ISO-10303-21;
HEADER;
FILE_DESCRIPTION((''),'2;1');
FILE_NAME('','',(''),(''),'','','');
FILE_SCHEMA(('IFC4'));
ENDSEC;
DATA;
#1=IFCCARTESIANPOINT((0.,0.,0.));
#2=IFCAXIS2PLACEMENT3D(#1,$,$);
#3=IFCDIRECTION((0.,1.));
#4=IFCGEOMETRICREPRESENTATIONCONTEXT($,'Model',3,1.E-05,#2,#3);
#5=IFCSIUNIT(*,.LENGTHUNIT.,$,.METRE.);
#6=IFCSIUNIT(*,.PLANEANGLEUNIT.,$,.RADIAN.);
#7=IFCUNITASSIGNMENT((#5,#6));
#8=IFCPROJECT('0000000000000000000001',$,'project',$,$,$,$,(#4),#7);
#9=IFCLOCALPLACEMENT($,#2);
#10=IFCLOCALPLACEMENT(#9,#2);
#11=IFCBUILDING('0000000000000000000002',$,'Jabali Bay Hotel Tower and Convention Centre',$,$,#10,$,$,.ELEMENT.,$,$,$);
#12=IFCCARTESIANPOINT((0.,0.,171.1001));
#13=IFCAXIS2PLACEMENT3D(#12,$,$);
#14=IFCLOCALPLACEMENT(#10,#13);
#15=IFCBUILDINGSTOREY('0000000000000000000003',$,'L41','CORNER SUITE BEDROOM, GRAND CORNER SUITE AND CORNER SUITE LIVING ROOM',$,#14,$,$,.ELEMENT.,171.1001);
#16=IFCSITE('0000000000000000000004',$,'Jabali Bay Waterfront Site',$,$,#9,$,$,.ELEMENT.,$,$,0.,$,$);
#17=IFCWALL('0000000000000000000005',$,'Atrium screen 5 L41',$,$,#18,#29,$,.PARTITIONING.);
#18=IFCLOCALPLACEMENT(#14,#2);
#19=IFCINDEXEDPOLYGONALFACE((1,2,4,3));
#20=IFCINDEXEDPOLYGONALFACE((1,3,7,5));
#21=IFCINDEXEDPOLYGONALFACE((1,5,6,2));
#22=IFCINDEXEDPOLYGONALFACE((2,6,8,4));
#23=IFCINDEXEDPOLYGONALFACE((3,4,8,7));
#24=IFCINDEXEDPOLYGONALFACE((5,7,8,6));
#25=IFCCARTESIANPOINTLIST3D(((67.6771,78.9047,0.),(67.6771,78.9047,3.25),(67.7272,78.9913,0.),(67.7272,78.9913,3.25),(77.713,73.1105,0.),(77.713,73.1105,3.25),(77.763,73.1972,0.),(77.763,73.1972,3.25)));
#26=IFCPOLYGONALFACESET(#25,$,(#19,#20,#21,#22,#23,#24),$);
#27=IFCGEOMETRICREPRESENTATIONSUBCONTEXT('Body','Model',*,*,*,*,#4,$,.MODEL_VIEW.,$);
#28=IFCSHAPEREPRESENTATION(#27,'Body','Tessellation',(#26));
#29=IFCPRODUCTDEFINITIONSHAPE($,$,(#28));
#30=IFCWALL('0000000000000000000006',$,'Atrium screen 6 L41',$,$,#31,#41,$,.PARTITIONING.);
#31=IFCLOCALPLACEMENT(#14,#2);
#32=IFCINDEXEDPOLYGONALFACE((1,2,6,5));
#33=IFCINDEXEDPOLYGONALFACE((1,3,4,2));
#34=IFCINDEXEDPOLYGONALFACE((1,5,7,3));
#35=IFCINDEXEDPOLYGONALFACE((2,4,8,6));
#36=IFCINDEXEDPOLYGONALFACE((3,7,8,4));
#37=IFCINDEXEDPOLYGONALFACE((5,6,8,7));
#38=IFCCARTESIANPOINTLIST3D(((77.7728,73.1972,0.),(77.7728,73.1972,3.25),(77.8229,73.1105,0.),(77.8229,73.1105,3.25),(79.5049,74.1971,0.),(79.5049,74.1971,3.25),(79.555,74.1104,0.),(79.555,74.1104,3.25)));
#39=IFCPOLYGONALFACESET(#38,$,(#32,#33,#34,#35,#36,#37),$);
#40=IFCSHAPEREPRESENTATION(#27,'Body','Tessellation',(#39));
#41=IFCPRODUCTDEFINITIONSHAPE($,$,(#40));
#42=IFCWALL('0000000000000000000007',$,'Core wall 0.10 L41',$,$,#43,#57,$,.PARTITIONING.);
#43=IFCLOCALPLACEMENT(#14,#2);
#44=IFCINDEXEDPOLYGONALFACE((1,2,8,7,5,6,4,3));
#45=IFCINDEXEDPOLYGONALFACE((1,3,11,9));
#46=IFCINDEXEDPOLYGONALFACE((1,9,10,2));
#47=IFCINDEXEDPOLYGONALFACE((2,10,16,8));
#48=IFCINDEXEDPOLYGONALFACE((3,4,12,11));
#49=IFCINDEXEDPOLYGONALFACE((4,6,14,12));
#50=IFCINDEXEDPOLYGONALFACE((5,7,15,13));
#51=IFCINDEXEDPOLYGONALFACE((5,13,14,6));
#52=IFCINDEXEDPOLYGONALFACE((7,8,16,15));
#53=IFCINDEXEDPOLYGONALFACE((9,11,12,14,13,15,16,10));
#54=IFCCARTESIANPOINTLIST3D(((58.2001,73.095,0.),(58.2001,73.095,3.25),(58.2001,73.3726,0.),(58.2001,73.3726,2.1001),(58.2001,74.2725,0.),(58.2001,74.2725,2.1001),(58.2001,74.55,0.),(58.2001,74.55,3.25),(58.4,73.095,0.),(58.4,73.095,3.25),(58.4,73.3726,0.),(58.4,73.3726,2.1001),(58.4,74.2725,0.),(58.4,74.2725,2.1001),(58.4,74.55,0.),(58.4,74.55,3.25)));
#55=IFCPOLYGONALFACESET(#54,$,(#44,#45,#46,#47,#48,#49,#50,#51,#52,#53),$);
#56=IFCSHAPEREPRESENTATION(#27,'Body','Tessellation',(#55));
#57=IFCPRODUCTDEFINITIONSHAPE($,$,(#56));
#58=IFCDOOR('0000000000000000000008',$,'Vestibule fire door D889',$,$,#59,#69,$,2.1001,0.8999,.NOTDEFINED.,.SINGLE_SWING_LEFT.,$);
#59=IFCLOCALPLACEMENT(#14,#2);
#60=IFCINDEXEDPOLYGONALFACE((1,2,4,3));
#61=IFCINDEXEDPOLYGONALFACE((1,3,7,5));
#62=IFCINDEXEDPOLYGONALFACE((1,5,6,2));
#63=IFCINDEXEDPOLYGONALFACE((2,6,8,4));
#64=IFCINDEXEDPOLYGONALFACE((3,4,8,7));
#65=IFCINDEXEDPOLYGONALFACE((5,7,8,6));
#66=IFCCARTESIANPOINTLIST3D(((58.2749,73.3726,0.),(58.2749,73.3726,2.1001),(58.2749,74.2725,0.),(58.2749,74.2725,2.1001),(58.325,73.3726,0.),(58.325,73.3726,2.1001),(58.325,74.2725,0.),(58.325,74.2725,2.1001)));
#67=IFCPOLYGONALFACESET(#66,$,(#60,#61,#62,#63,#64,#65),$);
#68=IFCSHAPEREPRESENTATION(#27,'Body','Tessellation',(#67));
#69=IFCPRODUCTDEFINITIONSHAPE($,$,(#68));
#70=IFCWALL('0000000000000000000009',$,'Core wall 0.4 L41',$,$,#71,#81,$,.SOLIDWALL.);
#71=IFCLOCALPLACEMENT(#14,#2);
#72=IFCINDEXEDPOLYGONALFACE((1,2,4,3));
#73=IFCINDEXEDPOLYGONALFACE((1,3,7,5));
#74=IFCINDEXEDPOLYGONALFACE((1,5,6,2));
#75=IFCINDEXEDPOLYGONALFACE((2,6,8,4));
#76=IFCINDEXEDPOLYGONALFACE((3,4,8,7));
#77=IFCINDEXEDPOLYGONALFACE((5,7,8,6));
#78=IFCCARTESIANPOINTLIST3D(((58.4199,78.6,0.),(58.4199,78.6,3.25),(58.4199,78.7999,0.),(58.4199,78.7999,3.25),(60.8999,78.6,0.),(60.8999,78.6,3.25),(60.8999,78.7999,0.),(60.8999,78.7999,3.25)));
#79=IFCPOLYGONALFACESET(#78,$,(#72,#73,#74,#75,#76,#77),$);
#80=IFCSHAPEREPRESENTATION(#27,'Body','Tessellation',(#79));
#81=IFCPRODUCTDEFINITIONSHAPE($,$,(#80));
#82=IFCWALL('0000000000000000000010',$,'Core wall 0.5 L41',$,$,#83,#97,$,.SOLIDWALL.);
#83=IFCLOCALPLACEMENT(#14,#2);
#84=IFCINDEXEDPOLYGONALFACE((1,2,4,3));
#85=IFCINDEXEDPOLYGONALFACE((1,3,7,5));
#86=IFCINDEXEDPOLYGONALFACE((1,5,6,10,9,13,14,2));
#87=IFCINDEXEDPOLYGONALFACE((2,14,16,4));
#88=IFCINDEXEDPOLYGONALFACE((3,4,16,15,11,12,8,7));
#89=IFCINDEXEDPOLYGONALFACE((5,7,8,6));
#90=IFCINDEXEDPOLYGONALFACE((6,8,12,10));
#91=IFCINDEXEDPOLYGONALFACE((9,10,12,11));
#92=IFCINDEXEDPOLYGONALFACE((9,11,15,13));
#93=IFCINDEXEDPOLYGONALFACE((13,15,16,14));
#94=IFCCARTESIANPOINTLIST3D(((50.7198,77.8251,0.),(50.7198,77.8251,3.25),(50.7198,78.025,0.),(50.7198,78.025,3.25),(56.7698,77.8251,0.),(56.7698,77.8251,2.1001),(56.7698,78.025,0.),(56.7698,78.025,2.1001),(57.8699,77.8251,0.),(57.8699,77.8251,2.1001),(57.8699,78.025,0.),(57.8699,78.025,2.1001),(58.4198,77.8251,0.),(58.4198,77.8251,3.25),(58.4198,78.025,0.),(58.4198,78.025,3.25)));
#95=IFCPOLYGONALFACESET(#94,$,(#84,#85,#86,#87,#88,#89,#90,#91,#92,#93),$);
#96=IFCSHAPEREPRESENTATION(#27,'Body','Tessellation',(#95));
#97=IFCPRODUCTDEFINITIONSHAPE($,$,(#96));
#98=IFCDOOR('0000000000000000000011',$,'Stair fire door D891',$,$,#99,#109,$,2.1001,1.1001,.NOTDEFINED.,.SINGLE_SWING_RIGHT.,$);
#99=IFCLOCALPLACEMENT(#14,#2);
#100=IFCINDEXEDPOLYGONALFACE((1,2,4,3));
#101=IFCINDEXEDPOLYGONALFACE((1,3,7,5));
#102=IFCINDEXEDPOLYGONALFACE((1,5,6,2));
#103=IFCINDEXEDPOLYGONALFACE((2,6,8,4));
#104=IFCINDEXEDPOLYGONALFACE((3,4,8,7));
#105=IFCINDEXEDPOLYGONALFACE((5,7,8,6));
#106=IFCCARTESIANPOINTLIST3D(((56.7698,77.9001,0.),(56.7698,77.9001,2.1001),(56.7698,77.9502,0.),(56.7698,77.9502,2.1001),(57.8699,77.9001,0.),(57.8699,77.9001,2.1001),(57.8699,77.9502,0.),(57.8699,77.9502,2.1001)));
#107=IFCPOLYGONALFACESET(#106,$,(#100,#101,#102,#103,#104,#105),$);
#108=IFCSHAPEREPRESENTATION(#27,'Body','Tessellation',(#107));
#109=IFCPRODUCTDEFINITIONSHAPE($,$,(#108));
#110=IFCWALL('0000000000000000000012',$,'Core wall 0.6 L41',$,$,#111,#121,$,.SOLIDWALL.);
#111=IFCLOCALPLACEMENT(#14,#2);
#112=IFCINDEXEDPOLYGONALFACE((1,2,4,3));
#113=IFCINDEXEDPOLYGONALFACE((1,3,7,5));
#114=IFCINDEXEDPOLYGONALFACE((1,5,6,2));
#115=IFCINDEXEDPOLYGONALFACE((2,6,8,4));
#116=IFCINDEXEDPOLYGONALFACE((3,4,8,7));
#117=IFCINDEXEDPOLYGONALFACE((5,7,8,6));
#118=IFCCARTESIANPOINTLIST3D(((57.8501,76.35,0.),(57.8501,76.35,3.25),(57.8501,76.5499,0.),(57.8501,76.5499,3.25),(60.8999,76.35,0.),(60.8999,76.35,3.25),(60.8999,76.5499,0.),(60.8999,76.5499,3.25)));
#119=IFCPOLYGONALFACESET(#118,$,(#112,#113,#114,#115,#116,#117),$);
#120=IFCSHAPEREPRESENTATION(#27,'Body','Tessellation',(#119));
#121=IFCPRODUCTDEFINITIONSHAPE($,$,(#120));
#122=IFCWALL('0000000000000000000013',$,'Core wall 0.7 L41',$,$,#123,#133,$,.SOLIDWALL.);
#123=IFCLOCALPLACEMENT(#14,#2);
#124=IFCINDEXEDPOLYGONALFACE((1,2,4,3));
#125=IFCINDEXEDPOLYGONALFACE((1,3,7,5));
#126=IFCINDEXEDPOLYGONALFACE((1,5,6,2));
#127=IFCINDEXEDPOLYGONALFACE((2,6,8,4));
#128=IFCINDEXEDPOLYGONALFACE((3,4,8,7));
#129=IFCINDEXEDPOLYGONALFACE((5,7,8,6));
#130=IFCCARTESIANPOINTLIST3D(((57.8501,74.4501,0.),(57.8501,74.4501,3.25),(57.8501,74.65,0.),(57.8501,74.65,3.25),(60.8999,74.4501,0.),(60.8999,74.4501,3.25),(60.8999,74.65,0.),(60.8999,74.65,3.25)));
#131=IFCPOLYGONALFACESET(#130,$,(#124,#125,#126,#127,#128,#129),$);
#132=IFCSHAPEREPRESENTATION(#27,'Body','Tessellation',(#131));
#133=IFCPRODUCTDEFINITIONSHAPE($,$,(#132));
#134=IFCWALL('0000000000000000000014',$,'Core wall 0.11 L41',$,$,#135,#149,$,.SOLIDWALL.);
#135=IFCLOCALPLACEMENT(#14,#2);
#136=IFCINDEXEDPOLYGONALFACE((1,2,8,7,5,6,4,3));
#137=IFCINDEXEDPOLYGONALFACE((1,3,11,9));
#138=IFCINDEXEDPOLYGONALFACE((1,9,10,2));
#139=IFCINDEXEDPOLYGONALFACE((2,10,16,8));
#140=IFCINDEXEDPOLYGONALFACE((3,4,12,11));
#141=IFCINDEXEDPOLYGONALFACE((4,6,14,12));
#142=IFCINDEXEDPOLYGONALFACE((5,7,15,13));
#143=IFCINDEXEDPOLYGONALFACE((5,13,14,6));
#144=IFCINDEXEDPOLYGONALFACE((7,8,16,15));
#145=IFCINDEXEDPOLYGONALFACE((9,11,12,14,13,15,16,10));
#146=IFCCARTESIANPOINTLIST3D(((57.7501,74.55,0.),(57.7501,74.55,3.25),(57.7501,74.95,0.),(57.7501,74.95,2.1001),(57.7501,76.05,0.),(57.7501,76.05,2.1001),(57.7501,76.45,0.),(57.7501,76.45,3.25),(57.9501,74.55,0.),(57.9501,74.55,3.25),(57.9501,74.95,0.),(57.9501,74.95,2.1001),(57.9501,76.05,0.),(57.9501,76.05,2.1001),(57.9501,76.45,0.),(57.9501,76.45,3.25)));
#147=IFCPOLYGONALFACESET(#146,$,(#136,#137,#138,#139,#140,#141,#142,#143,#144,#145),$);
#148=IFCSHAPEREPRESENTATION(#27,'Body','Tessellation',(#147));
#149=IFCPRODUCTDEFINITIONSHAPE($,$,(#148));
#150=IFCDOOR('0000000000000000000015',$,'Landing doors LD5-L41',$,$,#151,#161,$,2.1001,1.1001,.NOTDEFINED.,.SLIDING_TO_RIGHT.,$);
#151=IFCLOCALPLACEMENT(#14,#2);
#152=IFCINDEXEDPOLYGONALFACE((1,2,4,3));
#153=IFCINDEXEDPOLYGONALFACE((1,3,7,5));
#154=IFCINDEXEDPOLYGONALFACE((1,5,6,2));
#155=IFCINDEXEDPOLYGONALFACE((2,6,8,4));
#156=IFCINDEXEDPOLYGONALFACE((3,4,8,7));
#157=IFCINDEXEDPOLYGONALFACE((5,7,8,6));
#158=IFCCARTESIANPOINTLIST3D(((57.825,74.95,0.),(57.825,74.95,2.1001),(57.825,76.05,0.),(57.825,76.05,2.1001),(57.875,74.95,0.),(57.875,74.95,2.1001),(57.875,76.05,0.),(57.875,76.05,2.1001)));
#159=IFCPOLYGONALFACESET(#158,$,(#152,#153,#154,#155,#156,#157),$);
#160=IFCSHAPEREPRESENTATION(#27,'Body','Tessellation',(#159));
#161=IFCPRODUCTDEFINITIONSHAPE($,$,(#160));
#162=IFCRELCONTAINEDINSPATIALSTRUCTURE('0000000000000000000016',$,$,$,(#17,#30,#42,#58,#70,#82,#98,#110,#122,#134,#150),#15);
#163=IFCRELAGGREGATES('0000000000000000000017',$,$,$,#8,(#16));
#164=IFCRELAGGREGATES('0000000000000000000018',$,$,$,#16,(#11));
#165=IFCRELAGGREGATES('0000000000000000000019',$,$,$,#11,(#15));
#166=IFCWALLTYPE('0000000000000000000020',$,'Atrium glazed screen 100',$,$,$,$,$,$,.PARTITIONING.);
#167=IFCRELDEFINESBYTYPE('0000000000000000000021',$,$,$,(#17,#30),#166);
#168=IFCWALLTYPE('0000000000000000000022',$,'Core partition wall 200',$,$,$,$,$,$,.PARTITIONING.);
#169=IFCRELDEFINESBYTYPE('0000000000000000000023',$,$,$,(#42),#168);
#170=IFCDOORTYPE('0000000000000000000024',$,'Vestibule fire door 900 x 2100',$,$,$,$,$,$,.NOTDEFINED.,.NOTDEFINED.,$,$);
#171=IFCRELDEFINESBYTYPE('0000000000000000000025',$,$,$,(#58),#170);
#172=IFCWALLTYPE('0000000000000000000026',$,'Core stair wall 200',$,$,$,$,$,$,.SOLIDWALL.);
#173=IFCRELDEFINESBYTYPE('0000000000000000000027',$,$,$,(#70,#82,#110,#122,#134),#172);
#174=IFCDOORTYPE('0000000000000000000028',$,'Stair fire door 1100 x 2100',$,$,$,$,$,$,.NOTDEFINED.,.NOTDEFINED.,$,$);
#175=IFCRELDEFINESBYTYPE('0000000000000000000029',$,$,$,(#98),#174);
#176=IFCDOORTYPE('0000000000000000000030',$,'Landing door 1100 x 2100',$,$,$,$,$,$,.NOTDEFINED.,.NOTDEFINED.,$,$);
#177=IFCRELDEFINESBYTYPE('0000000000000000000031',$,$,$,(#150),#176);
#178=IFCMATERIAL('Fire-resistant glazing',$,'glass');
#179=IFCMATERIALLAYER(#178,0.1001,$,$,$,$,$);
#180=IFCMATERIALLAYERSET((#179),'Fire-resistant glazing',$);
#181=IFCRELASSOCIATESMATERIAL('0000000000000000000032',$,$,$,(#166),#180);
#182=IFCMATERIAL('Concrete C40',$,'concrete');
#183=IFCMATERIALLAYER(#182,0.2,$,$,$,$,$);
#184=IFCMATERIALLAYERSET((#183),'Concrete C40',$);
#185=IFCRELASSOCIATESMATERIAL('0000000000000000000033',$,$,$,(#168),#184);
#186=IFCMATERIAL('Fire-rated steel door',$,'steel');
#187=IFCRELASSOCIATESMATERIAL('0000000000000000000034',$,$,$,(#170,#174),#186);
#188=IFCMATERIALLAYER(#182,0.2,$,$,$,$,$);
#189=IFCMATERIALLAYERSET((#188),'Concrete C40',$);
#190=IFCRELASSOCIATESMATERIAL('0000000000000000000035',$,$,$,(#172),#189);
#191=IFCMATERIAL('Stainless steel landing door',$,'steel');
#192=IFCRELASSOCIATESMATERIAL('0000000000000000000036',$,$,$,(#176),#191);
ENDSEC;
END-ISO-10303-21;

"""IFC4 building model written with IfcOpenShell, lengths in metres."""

from ifc_helpers import new_model, si_unit, direction, frame, frame_2d, origin, place, context, subcontext, project, spatial, rectangle, extrude, material, layer, layer_set, type_object, element, fill, save


model = new_model("IFC4")

# Units and contexts
model_context = context("Model", 3, precision=1e-05, world=origin(), true_north=direction((0.0, 1.0)))
body_context = subcontext(model_context, "Body", "Model", "MODEL_VIEW")
ifc_project = project(units=[si_unit("LENGTHUNIT", "METRE"), si_unit("PLANEANGLEUNIT", "RADIAN")], contexts=[model_context])

# Site, building, storey
site_placement = place(None, origin())
site = spatial("IfcSite", under=ifc_project, at=site_placement, Name="Jabali Bay Waterfront Site", CompositionType="ELEMENT", RefElevation=0.0)
building_placement = place(site_placement, origin())
building = spatial("IfcBuilding", under=site, at=building_placement, Name="Jabali Bay Hotel Tower and Convention Centre", CompositionType="ELEMENT")
storey_placement = place(building_placement, frame((0.0, 0.0, 171.1001)))
storey = spatial("IfcBuildingStorey", under=building, at=storey_placement, Name="L41", Description="CORNER SUITE BEDROOM, GRAND CORNER SUITE AND CORNER SUITE LIVING ROOM", CompositionType="ELEMENT", Elevation=171.1001)

# Walls
ifc_material_1 = material(Name="Fire-resistant glazing", Category="glass")
ifc_layer_1 = layer(ifc_material_1, 0.1001)
ifc_layer_set_1 = layer_set([ifc_layer_1], Name="Fire-resistant glazing")
wall_type_1 = type_object("IfcWallType", Name="Atrium glazed screen 100", PredefinedType="PARTITIONING", material=ifc_layer_set_1)
wall_1_placement = place(storey_placement, frame((67.7021, 78.948, 0.0), z_axis=(0.0, 0.0, 1.0), x_axis=(0.866027, -0.499998, 0.0)))
element("IfcWall", 1, at=wall_1_placement, inside=storey, type_object=wall_type_1, Name="Atrium screen 5 L41", PredefinedType="PARTITIONING", context=body_context, shape_type="SweptSolid", body=[
    extrude(rectangle(XDim=11.5884, YDim=0.1001, at=frame_2d((5.7942, 0.0))), origin(), (0.0, 0.0, 1.0), 3.25),
])
wall_2_placement = place(storey_placement, frame((77.7979, 73.1538, 0.0), z_axis=(0.0, 0.0, 1.0), x_axis=(0.866041, 0.499973, 0.0)))
element("IfcWall", 2, at=wall_2_placement, inside=storey, type_object=wall_type_1, Name="Atrium screen 6 L41", PredefinedType="PARTITIONING", context=body_context, shape_type="SweptSolid", body=[
    extrude(rectangle(XDim=2.0, YDim=0.1001, at=frame_2d((1.0, 0.0))), origin(), (0.0, 0.0, 1.0), 3.25),
])

# Wall, opening, door
ifc_material_2 = material(Name="Concrete C40", Category="concrete")
ifc_layer_2 = layer(ifc_material_2, 0.2)
ifc_layer_set_2 = layer_set([ifc_layer_2], Name="Concrete C40")
wall_type_2 = type_object("IfcWallType", Name="Core partition wall 200", PredefinedType="PARTITIONING", material=ifc_layer_set_2)
wall_3_placement = place(storey_placement, frame((58.3, 74.55, 0.0), z_axis=(0.0, 0.0, 1.0), x_axis=(0.0, -1.0, 0.0)))
wall_3 = element("IfcWall", 3, at=wall_3_placement, inside=storey, type_object=wall_type_2, Name="Core wall 0.10 L41", PredefinedType="PARTITIONING", context=body_context, shape_type="SweptSolid", body=[
    extrude(rectangle(XDim=1.4551, YDim=0.2, at=frame_2d((0.7275, 0.0))), origin(), (0.0, 0.0, 1.0), 3.25),
])
opening_1_placement = place(wall_3_placement, frame((0.2776, 0.0, 0.0)))
opening_1 = element("IfcOpeningElement", 4, at=opening_1_placement, cuts=wall_3, PredefinedType="OPENING", context=body_context, shape_type="SweptSolid", body=[
    extrude(rectangle(XDim=0.8999, YDim=2.1001, at=frame_2d((0.45, 1.05))), frame((0.0, 0.1104, 0.0), z_axis=(0.0, -1.0, 0.0), x_axis=(1.0, 0.0, 0.0)), (0.0, 0.0, 1.0), 0.2209),
])
ifc_material_3 = material(Name="Fire-rated steel door", Category="steel")
door_type_1 = type_object("IfcDoorType", Name="Vestibule fire door 900 x 2100", OperationType="NOTDEFINED", PredefinedType="NOTDEFINED", material=ifc_material_3)
door_1_placement = place(opening_1_placement, origin())
door_1 = element("IfcDoor", 5, at=door_1_placement, inside=storey, type_object=door_type_1, Name="Vestibule fire door D889", OperationType="SINGLE_SWING_LEFT", OverallHeight=2.1001, OverallWidth=0.8999, PredefinedType="NOTDEFINED", context=body_context, shape_type="SweptSolid", body=[
    extrude(rectangle(XDim=0.8999, YDim=2.1001, at=frame_2d((0.45, 1.05))), frame((0.0, 0.0249, 0.0), z_axis=(0.0, -1.0, 0.0), x_axis=(1.0, 0.0, 0.0)), (0.0, 0.0, 1.0), 0.05),
])
fill(opening_1, door_1)

# Wall
ifc_layer_3 = layer(ifc_material_2, 0.2)
ifc_layer_set_3 = layer_set([ifc_layer_3], Name="Concrete C40")
wall_type_3 = type_object("IfcWallType", Name="Core stair wall 200", PredefinedType="SOLIDWALL", material=ifc_layer_set_3)
wall_4_placement = place(storey_placement, frame((60.8999, 78.7, 0.0), z_axis=(0.0, 0.0, 1.0), x_axis=(-1.0, 0.0, 0.0)))
element("IfcWall", 6, at=wall_4_placement, inside=storey, type_object=wall_type_3, Name="Core wall 0.4 L41", PredefinedType="SOLIDWALL", context=body_context, shape_type="SweptSolid", body=[
    extrude(rectangle(XDim=2.48, YDim=0.2, at=frame_2d((1.24, 0.0))), origin(), (0.0, 0.0, 1.0), 3.25),
])

# Wall, opening, door
wall_5_placement = place(storey_placement, frame((58.4199, 77.925, 0.0), z_axis=(0.0, 0.0, 1.0), x_axis=(-1.0, 0.0, 0.0)))
wall_5 = element("IfcWall", 7, at=wall_5_placement, inside=storey, type_object=wall_type_3, Name="Core wall 0.5 L41", PredefinedType="SOLIDWALL", context=body_context, shape_type="SweptSolid", body=[
    extrude(rectangle(XDim=7.7, YDim=0.2, at=frame_2d((3.8501, 0.0))), origin(), (0.0, 0.0, 1.0), 3.25),
])
opening_2_placement = place(wall_5_placement, frame((0.55, 0.0, 0.0)))
opening_2 = element("IfcOpeningElement", 8, at=opening_2_placement, cuts=wall_5, PredefinedType="OPENING", context=body_context, shape_type="SweptSolid", body=[
    extrude(rectangle(XDim=1.1001, YDim=2.1001, at=frame_2d((0.55, 1.05))), frame((0.0, 0.1104, 0.0), z_axis=(0.0, -1.0, 0.0), x_axis=(1.0, 0.0, 0.0)), (0.0, 0.0, 1.0), 0.2209),
])
door_type_2 = type_object("IfcDoorType", Name="Stair fire door 1100 x 2100", OperationType="NOTDEFINED", PredefinedType="NOTDEFINED", material=ifc_material_3)
door_2_placement = place(opening_2_placement, origin())
door_2 = element("IfcDoor", 9, at=door_2_placement, inside=storey, type_object=door_type_2, Name="Stair fire door D891", OperationType="SINGLE_SWING_RIGHT", OverallHeight=2.1001, OverallWidth=1.1001, PredefinedType="NOTDEFINED", context=body_context, shape_type="SweptSolid", body=[
    extrude(rectangle(XDim=1.1001, YDim=2.1001, at=frame_2d((0.55, 1.05))), frame((0.0, 0.0249, 0.0), z_axis=(0.0, -1.0, 0.0), x_axis=(1.0, 0.0, 0.0)), (0.0, 0.0, 1.0), 0.05),
])
fill(opening_2, door_2)

# Walls
for number, where, z_axis, x_axis, name in (
    (10, (60.8999, 76.45, 0.0), (0.0, 0.0, 1.0), (-1.0, 0.0, 0.0), "Core wall 0.6 L41"),
    (11, (60.8999, 74.55, 0.0), (0.0, 0.0, 1.0), (-1.0, 0.0, 0.0), "Core wall 0.7 L41"),
):
    element("IfcWall", number, at=place(storey_placement, frame(where, z_axis=z_axis, x_axis=x_axis)), inside=storey, type_object=wall_type_3, Name=name, PredefinedType="SOLIDWALL", context=body_context, shape_type="SweptSolid", body=[
        extrude(rectangle(XDim=3.0498, YDim=0.2, at=frame_2d((1.5249, 0.0))), origin(), (0.0, 0.0, 1.0), 3.25),
    ])

# Wall, opening, door
wall_6_placement = place(storey_placement, frame((57.8501, 76.45, 0.0), z_axis=(0.0, 0.0, 1.0), x_axis=(0.0, -1.0, 0.0)))
wall_6 = element("IfcWall", 12, at=wall_6_placement, inside=storey, type_object=wall_type_3, Name="Core wall 0.11 L41", PredefinedType="SOLIDWALL", context=body_context, shape_type="SweptSolid", body=[
    extrude(rectangle(XDim=1.8999, YDim=0.2, at=frame_2d((0.95, 0.0))), origin(), (0.0, 0.0, 1.0), 3.25),
])
opening_3_placement = place(wall_6_placement, frame((0.3999, 0.0, 0.0)))
opening_3 = element("IfcOpeningElement", 13, at=opening_3_placement, cuts=wall_6, PredefinedType="OPENING", context=body_context, shape_type="SweptSolid", body=[
    extrude(rectangle(XDim=1.1001, YDim=2.1001, at=frame_2d((0.55, 1.05))), frame((0.0, 0.1104, 0.0), z_axis=(0.0, -1.0, 0.0), x_axis=(1.0, 0.0, 0.0)), (0.0, 0.0, 1.0), 0.2209),
])
ifc_material_4 = material(Name="Stainless steel landing door", Category="steel")
door_type_3 = type_object("IfcDoorType", Name="Landing door 1100 x 2100", OperationType="NOTDEFINED", PredefinedType="NOTDEFINED", material=ifc_material_4)
door_3_placement = place(opening_3_placement, origin())
door_3 = element("IfcDoor", 14, at=door_3_placement, inside=storey, type_object=door_type_3, Name="Landing doors LD5-L41", OperationType="SLIDING_TO_RIGHT", OverallHeight=2.1001, OverallWidth=1.1001, PredefinedType="NOTDEFINED", context=body_context, shape_type="SweptSolid", body=[
    extrude(rectangle(XDim=1.1001, YDim=2.1001, at=frame_2d((0.55, 1.05))), frame((0.0, 0.0249, 0.0), z_axis=(0.0, -1.0, 0.0), x_axis=(1.0, 0.0, 0.0)), (0.0, 0.0, 1.0), 0.05),
])
fill(opening_3, door_3)

save(model, "model.ifc")
